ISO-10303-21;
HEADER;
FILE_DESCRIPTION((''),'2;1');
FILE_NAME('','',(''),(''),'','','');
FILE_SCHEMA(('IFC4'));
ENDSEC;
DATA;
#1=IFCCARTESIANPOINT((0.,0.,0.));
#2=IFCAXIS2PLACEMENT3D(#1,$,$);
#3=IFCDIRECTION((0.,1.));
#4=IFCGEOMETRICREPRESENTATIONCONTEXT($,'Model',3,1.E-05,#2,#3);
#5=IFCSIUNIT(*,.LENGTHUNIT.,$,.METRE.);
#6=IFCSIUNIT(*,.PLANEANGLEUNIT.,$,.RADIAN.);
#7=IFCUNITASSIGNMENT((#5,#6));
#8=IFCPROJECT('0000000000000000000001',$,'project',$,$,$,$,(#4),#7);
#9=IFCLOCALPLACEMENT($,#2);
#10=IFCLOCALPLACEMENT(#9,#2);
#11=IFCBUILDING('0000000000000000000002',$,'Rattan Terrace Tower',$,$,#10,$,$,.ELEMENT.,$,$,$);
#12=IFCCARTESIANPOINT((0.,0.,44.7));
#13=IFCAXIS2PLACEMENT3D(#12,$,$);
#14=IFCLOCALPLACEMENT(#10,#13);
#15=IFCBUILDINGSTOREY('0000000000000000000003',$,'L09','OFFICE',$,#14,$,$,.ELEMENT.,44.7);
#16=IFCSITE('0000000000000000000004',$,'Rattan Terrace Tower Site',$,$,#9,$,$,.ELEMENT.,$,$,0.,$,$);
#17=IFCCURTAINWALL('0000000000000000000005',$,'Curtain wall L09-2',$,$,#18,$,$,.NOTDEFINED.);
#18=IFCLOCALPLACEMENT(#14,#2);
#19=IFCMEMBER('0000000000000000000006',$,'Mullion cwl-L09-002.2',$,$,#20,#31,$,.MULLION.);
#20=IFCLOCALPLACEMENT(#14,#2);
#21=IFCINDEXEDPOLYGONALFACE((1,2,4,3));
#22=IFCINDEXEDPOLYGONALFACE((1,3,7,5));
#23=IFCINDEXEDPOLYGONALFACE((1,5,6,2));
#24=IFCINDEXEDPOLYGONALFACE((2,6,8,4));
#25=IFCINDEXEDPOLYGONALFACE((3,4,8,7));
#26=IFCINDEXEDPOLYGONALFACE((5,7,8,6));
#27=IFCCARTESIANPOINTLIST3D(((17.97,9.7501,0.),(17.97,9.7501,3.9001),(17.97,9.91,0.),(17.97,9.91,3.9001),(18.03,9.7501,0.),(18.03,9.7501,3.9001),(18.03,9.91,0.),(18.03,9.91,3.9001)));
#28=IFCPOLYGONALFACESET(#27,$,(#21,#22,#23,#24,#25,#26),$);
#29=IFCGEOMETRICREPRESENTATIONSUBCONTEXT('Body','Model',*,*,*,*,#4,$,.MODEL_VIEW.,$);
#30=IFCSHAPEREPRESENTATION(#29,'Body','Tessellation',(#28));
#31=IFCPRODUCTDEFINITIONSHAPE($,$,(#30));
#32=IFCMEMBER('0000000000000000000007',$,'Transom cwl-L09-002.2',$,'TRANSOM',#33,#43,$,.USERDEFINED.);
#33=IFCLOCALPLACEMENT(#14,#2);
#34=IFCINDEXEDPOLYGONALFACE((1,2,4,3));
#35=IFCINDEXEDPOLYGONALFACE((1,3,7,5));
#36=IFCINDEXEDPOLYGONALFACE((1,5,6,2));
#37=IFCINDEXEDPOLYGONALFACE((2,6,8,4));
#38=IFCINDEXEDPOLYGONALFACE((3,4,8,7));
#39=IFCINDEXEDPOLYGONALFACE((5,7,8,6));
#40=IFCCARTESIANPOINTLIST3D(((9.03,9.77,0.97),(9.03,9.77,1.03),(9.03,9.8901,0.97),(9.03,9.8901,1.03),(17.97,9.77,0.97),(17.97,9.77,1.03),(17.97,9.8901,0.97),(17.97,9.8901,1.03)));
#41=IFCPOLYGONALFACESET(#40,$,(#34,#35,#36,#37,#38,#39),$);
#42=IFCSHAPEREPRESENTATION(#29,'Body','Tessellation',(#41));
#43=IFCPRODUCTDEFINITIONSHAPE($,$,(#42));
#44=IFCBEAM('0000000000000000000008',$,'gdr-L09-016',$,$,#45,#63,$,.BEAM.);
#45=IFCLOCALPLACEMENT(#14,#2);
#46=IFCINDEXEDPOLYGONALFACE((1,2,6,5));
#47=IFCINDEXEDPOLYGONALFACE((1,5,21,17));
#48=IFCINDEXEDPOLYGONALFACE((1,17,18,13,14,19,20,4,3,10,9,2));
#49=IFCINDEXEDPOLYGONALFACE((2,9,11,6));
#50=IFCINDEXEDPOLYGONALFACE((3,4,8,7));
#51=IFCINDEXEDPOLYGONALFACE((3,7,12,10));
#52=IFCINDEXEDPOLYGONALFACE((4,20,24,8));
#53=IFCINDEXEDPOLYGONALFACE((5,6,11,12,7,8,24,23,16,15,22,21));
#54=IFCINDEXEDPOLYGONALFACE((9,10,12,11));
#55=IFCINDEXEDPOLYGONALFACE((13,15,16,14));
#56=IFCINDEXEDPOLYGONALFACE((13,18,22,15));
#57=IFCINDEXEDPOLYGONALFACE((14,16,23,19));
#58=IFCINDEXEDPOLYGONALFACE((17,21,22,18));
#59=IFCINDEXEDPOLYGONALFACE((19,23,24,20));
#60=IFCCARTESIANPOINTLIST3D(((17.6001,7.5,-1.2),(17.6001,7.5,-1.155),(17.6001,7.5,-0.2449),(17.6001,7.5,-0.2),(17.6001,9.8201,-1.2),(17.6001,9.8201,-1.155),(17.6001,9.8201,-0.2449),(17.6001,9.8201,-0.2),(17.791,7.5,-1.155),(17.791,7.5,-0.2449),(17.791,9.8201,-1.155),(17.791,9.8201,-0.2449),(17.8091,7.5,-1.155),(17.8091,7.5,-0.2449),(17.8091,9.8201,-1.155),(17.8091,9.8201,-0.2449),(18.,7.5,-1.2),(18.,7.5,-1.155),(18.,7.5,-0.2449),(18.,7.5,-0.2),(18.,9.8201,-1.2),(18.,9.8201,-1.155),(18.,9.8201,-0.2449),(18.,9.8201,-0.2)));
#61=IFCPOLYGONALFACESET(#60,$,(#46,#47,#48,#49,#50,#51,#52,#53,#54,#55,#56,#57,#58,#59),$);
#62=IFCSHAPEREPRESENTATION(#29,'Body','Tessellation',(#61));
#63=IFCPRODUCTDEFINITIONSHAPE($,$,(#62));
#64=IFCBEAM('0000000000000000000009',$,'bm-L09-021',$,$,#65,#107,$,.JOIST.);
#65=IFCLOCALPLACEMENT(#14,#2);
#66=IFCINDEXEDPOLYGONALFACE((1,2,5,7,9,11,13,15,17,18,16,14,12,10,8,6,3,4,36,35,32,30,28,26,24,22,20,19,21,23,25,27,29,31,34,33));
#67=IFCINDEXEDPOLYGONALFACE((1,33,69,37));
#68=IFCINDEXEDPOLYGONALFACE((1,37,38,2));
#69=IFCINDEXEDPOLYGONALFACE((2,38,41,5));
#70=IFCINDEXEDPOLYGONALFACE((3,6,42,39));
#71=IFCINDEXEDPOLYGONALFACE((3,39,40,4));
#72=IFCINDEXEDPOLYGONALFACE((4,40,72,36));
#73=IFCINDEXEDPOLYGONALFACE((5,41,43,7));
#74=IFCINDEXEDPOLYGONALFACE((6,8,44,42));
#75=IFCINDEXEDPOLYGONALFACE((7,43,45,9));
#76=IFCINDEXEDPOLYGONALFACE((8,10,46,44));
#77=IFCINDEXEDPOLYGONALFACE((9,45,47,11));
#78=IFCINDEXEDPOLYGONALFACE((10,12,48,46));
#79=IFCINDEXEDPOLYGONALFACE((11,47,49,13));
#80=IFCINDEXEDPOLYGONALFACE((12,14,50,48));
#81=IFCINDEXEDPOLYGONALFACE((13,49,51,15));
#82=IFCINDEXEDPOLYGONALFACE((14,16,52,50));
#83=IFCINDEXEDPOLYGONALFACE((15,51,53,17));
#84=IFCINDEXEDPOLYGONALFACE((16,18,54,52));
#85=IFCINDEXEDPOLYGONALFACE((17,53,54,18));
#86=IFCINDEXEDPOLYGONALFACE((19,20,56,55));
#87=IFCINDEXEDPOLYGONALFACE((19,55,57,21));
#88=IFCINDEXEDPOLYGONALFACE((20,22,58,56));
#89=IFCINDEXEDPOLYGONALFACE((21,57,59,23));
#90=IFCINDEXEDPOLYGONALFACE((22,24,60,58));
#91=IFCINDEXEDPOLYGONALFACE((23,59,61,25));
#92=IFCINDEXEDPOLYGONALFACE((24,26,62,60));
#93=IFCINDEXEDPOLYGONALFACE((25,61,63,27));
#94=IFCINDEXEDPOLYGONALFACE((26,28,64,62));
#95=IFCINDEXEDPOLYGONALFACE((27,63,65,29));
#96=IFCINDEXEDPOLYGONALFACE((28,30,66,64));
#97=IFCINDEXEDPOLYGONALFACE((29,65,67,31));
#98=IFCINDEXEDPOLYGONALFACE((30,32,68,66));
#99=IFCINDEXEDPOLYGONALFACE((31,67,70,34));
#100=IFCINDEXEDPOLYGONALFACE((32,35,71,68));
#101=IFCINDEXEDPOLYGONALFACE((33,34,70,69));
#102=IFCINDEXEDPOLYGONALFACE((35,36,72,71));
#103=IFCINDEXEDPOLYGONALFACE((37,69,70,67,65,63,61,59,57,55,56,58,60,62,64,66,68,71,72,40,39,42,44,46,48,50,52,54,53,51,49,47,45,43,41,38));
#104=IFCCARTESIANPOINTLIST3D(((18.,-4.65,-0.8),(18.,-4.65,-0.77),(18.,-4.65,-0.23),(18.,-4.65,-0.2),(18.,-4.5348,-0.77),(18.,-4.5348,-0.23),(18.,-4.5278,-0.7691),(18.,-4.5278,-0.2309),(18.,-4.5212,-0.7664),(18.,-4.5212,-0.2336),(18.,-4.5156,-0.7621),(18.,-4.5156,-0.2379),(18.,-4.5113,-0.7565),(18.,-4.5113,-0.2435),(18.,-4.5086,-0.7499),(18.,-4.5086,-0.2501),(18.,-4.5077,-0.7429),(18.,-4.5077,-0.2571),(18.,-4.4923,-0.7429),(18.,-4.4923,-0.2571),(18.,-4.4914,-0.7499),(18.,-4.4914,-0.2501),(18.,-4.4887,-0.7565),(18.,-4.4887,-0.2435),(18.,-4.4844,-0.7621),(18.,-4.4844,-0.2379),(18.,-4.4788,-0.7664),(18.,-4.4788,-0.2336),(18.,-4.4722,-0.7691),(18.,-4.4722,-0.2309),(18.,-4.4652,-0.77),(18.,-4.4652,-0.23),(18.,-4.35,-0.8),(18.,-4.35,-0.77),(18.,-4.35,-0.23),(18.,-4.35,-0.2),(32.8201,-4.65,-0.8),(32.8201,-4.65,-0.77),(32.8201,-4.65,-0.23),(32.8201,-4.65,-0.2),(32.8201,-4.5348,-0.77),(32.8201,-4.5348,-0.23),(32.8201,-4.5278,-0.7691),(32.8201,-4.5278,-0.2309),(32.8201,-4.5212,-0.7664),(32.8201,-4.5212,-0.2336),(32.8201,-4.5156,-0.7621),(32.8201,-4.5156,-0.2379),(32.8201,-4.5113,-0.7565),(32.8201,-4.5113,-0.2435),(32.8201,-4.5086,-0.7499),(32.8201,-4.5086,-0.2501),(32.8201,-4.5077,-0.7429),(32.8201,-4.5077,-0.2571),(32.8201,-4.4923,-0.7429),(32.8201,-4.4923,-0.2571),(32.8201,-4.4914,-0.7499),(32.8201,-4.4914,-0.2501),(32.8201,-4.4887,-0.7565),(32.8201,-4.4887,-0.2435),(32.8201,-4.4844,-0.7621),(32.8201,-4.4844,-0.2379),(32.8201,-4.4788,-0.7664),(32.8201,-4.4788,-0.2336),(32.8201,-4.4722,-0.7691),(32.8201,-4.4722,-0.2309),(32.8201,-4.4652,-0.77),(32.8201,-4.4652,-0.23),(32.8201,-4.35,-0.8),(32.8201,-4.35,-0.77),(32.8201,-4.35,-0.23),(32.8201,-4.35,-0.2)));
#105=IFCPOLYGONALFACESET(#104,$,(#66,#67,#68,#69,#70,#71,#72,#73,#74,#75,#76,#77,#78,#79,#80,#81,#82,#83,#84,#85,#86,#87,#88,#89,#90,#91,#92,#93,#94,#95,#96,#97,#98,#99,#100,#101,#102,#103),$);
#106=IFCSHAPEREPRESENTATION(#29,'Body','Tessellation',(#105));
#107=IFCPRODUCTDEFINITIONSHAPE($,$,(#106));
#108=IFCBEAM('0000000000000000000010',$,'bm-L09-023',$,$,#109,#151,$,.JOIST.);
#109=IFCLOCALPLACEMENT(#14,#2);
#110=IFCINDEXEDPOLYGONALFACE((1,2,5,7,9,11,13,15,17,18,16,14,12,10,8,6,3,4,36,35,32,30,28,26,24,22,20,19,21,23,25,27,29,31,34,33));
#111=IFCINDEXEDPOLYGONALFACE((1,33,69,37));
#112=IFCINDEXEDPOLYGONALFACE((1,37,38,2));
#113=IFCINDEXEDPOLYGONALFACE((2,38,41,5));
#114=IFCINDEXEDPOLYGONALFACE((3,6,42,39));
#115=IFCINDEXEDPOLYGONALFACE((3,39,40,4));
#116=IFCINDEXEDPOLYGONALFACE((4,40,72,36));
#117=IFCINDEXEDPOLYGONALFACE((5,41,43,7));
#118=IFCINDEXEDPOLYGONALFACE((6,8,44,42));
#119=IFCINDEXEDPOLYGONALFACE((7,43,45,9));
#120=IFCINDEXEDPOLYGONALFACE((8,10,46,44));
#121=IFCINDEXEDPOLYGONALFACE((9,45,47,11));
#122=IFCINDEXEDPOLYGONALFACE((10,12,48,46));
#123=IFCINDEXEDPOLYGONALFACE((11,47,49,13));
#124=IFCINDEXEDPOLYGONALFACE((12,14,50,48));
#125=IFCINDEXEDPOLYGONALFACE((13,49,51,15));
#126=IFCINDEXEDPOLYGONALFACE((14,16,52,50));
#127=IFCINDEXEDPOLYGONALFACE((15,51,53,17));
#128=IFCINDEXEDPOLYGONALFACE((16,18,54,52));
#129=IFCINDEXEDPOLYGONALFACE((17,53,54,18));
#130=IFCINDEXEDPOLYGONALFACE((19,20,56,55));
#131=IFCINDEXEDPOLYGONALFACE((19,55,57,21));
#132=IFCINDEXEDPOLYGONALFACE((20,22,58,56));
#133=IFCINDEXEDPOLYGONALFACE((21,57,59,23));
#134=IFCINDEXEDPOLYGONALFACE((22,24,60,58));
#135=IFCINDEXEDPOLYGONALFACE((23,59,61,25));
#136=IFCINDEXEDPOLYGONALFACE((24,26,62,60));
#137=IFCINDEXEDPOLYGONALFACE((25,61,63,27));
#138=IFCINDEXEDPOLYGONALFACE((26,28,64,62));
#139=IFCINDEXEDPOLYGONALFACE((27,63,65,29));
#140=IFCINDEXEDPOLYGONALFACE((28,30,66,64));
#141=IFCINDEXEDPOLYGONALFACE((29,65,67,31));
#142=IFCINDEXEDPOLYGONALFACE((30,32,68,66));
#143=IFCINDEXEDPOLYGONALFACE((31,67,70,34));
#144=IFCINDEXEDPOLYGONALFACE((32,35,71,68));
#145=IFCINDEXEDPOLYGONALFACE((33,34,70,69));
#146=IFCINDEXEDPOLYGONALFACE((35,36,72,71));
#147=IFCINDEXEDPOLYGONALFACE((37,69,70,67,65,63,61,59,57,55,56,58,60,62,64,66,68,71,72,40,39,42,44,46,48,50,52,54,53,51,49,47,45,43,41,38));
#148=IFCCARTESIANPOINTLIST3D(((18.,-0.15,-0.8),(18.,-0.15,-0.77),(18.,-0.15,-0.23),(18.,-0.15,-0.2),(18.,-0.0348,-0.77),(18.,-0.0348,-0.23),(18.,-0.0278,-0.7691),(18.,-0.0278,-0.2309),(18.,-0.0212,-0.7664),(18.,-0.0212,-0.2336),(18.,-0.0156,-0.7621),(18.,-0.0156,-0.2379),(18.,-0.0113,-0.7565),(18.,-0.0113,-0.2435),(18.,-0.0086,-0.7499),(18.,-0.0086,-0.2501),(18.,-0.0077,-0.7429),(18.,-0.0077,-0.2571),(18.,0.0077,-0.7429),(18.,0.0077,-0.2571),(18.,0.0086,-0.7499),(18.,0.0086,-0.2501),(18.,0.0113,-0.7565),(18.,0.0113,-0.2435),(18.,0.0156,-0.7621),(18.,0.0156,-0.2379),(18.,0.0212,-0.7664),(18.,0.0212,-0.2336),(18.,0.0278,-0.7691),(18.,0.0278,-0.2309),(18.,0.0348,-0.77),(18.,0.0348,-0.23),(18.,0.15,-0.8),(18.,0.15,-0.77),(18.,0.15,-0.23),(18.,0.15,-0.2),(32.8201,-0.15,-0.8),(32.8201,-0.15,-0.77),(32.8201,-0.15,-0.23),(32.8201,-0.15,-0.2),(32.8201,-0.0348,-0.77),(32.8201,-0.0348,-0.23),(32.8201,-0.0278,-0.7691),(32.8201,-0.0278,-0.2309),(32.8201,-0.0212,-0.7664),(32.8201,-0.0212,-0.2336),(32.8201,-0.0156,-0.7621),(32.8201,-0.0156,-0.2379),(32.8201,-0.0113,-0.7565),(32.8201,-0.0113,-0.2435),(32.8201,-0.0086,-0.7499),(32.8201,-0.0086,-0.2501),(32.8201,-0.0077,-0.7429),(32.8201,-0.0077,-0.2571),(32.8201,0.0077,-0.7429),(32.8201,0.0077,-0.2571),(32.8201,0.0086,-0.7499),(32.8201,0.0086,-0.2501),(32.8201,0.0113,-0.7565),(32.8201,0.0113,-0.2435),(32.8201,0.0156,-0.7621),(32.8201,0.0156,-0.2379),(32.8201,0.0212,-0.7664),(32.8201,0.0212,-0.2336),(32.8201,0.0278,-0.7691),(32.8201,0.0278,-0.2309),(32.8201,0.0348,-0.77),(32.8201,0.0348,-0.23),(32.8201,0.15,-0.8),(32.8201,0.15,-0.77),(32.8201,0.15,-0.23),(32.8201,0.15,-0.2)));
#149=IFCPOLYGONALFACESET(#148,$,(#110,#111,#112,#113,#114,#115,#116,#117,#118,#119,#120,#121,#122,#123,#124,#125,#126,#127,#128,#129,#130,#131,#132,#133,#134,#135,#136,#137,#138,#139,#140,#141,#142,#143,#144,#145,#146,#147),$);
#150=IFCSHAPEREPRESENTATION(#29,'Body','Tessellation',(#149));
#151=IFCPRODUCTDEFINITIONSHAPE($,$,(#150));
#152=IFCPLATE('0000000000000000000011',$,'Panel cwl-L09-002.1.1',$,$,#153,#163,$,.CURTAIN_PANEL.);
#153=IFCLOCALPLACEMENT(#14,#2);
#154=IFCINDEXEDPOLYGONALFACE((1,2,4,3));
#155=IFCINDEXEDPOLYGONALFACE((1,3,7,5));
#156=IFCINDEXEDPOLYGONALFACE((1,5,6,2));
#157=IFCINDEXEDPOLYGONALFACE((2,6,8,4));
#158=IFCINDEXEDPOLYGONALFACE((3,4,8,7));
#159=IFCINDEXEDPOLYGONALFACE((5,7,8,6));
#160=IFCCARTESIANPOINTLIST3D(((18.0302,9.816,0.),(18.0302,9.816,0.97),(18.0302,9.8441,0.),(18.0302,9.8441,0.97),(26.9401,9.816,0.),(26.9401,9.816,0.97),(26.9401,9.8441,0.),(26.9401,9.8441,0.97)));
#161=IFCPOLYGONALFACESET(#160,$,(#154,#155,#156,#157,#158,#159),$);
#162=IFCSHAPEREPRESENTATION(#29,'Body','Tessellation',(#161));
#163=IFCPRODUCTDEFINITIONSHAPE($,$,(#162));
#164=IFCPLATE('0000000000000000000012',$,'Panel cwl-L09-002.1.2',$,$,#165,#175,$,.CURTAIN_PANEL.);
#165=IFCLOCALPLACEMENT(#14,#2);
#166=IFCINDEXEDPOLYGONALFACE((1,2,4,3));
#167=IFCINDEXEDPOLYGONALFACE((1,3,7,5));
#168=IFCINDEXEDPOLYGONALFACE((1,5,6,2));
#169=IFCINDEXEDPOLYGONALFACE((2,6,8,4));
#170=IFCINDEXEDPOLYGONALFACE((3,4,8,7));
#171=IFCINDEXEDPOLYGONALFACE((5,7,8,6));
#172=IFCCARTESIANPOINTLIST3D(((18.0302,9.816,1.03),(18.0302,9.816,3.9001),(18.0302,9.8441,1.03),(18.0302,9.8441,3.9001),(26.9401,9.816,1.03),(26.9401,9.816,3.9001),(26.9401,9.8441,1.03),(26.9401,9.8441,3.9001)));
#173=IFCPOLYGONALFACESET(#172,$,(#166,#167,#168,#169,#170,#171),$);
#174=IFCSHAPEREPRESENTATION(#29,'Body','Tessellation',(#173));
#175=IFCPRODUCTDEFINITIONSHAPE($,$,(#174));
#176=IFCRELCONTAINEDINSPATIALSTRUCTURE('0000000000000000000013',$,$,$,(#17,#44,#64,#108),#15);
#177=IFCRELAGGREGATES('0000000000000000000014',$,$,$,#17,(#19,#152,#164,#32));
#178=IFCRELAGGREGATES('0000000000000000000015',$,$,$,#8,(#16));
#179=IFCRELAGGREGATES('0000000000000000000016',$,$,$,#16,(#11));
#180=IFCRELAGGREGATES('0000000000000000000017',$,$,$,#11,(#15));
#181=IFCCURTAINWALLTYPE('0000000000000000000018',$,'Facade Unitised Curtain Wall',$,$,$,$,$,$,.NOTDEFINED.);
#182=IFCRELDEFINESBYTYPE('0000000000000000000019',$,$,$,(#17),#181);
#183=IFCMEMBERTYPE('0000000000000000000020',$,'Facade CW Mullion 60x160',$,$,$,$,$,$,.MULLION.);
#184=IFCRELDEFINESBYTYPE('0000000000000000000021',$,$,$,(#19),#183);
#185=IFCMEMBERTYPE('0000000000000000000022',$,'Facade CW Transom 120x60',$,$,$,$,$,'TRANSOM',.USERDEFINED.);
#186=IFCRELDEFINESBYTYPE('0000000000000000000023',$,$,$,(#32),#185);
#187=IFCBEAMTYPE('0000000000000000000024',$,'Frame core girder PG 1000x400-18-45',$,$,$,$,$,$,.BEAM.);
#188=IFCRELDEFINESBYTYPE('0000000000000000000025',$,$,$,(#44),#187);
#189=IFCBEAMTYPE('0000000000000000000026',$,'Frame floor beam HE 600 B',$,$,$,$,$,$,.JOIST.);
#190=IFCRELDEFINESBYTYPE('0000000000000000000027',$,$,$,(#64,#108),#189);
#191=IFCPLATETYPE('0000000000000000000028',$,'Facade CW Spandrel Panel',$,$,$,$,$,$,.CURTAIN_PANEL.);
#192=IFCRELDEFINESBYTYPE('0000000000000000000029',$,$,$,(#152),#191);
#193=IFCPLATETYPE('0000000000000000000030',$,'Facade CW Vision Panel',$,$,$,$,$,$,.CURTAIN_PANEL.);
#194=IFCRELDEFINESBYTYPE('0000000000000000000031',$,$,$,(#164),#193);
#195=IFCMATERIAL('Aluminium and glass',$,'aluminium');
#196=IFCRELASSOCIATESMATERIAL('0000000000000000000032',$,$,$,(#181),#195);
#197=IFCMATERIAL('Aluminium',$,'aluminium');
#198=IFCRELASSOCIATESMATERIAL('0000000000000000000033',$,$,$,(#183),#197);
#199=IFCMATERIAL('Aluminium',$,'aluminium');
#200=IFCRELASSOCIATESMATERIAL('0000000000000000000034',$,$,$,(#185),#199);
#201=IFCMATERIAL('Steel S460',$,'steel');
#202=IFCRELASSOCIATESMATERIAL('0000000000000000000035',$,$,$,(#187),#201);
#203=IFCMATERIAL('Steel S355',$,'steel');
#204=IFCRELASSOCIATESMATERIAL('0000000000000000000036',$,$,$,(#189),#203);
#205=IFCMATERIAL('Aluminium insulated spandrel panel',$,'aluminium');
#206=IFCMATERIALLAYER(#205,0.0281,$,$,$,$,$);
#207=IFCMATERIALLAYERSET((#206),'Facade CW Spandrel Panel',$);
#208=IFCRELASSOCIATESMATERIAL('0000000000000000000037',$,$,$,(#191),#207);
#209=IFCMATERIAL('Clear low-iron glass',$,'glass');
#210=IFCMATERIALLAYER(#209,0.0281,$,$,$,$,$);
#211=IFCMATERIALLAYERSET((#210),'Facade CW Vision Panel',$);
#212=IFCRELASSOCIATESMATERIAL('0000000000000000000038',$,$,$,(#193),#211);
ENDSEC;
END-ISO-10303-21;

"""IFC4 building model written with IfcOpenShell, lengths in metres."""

from ifc_helpers import new_model, si_unit, direction, frame, origin, origin_2d, place, context, subcontext, project, spatial, rectangle, i_section, extrude, material, layer, layer_set, material_profile, profile_set, type_object, element, aggregate, save


model = new_model("IFC4")

# Units and contexts
model_context = context("Model", 3, precision=1e-05, world=origin(), true_north=direction((0.0, 1.0)))
body_context = subcontext(model_context, "Body", "Model", "MODEL_VIEW")
ifc_project = project(units=[si_unit("LENGTHUNIT", "METRE"), si_unit("PLANEANGLEUNIT", "RADIAN")], contexts=[model_context])

# Site, building, storey
site_placement = place(None, origin())
site = spatial("IfcSite", under=ifc_project, at=site_placement, Name="Rattan Terrace Tower Site", CompositionType="ELEMENT", RefElevation=0.0)
building_placement = place(site_placement, origin())
building = spatial("IfcBuilding", under=site, at=building_placement, Name="Rattan Terrace Tower", CompositionType="ELEMENT")
storey_placement = place(building_placement, frame((0.0, 0.0, 44.7)))
storey = spatial("IfcBuildingStorey", under=building, at=storey_placement, Name="L09", Description="OFFICE", CompositionType="ELEMENT", Elevation=44.7)

# Curtain wall, members
ifc_material_1 = material(Name="Aluminium and glass", Category="aluminium")
curtain_wall_type = type_object("IfcCurtainWallType", Name="Facade Unitised Curtain Wall", PredefinedType="NOTDEFINED", material=ifc_material_1)
curtain_wall_placement = place(storey_placement, origin())
curtain_wall = element("IfcCurtainWall", 1, at=curtain_wall_placement, inside=storey, type_object=curtain_wall_type, Name="Curtain wall L09-2", PredefinedType="NOTDEFINED")
ifc_material_2 = material(Name="Aluminium", Category="aluminium")
ifc_material_profile_1 = material_profile(ifc_material_2, rectangle(XDim=0.0601, YDim=0.1599, at=origin_2d()), Name="Aluminium 60x160")
ifc_profile_set_1 = profile_set([ifc_material_profile_1], Name="Aluminium")
member_type_1 = type_object("IfcMemberType", Name="Facade CW Mullion 60x160", PredefinedType="MULLION", material=ifc_profile_set_1)
member_1_placement = place(storey_placement, frame((18.0, 9.8301, 0.0), z_axis=(0.0, 0.0, 1.0), x_axis=(-1.0, 0.0, 0.0)))
member_1 = element("IfcMember", 2, at=member_1_placement, type_object=member_type_1, Name="Mullion cwl-L09-002.2", PredefinedType="MULLION", context=body_context, shape_type="SweptSolid", body=[
    extrude(rectangle(XDim=0.0601, YDim=0.1599, at=origin_2d()), origin(), (0.0, 0.0, 1.0), 3.9001),
])
ifc_material_3 = material(Name="Aluminium", Category="aluminium")
ifc_material_profile_2 = material_profile(ifc_material_3, rectangle(XDim=0.1201, YDim=0.0601, at=origin_2d()), Name="Aluminium 120x60")
ifc_profile_set_2 = profile_set([ifc_material_profile_2], Name="Aluminium")
member_type_2 = type_object("IfcMemberType", Name="Facade CW Transom 120x60", ElementType="TRANSOM", PredefinedType="USERDEFINED", material=ifc_profile_set_2)
member_2_placement = place(storey_placement, frame((17.97, 9.8301, 1.0), z_axis=(-1.0, 0.0, 0.0), x_axis=(0.0, -1.0, 0.0)))
member_2 = element("IfcMember", 3, at=member_2_placement, type_object=member_type_2, Name="Transom cwl-L09-002.2", ObjectType="TRANSOM", PredefinedType="USERDEFINED", context=body_context, shape_type="SweptSolid", body=[
    extrude(rectangle(XDim=0.1201, YDim=0.0601, at=origin_2d()), origin(), (0.0, 0.0, 1.0), 8.9399),
])

# Beams
ifc_material_4 = material(Name="Steel S460", Category="steel")
ifc_material_profile_3 = material_profile(ifc_material_4, i_section(OverallWidth=0.3999, OverallDepth=1.0, WebThickness=0.0181, FlangeThickness=0.0449, at=origin_2d()), Name="PG 1000x400-18-45")
ifc_profile_set_3 = profile_set([ifc_material_profile_3], Name="Steel S460")
beam_type_1 = type_object("IfcBeamType", Name="Frame core girder PG 1000x400-18-45", PredefinedType="BEAM", material=ifc_profile_set_3)
beam_placement = place(storey_placement, frame((17.8, 7.5, -0.7), z_axis=(0.0, 1.0, 0.0), x_axis=(-1.0, 0.0, 0.0)))
element("IfcBeam", 4, at=beam_placement, inside=storey, type_object=beam_type_1, Name="gdr-L09-016", PredefinedType="BEAM", context=body_context, shape_type="SweptSolid", body=[
    extrude(i_section(OverallWidth=0.3999, OverallDepth=1.0, WebThickness=0.0181, FlangeThickness=0.0449, at=origin_2d()), origin(), (0.0, 0.0, 1.0), 2.3201),
])
ifc_material_5 = material(Name="Steel S355", Category="steel")
ifc_material_profile_4 = material_profile(ifc_material_5, i_section(OverallWidth=0.3, OverallDepth=0.6001, WebThickness=0.0154, FlangeThickness=0.03, FilletRadius=0.0271, at=origin_2d()), Name="HE 600 B")
ifc_profile_set_4 = profile_set([ifc_material_profile_4], Name="Steel S355")
beam_type_2 = type_object("IfcBeamType", Name="Frame floor beam HE 600 B", PredefinedType="JOIST", material=ifc_profile_set_4)
for number, where, z_axis, x_axis, name in (
    (5, (18.0, -4.5, -0.5), (1.0, 0.0, 0.0), (0.0, 1.0, 0.0), "bm-L09-021"),
    (6, (18.0, 0.0, -0.5), (1.0, 0.0, 0.0), (0.0, 1.0, 0.0), "bm-L09-023"),
):
    element("IfcBeam", number, at=place(storey_placement, frame(where, z_axis=z_axis, x_axis=x_axis)), inside=storey, type_object=beam_type_2, Name=name, PredefinedType="JOIST", context=body_context, shape_type="SweptSolid", body=[
        extrude(i_section(OverallWidth=0.3, OverallDepth=0.6001, WebThickness=0.0154, FlangeThickness=0.03, FilletRadius=0.0271, at=origin_2d()), origin(), (0.0, 0.0, 1.0), 14.8201),
    ])

# Plates
ifc_material_6 = material(Name="Aluminium insulated spandrel panel", Category="aluminium")
ifc_layer_1 = layer(ifc_material_6, 0.0281)
ifc_layer_set_1 = layer_set([ifc_layer_1], Name="Facade CW Spandrel Panel")
plate_type_1 = type_object("IfcPlateType", Name="Facade CW Spandrel Panel", PredefinedType="CURTAIN_PANEL", material=ifc_layer_set_1)
plate_1_placement = place(storey_placement, frame((22.4851, 9.8301, 0.0), z_axis=(0.0, 0.0, 1.0), x_axis=(-1.0, 0.0, 0.0)))
plate_1 = element("IfcPlate", 7, at=plate_1_placement, type_object=plate_type_1, Name="Panel cwl-L09-002.1.1", PredefinedType="CURTAIN_PANEL", context=body_context, shape_type="SweptSolid", body=[
    extrude(rectangle(XDim=8.9099, YDim=0.0281, at=origin_2d()), origin(), (0.0, 0.0, 1.0), 0.97),
])
ifc_material_7 = material(Name="Clear low-iron glass", Category="glass")
ifc_layer_2 = layer(ifc_material_7, 0.0281)
ifc_layer_set_2 = layer_set([ifc_layer_2], Name="Facade CW Vision Panel")
plate_type_2 = type_object("IfcPlateType", Name="Facade CW Vision Panel", PredefinedType="CURTAIN_PANEL", material=ifc_layer_set_2)
plate_2_placement = place(storey_placement, frame((22.4851, 9.8301, 1.03), z_axis=(0.0, 0.0, 1.0), x_axis=(-1.0, 0.0, 0.0)))
plate_2 = element("IfcPlate", 8, at=plate_2_placement, type_object=plate_type_2, Name="Panel cwl-L09-002.1.2", PredefinedType="CURTAIN_PANEL", context=body_context, shape_type="SweptSolid", body=[
    extrude(rectangle(XDim=8.9099, YDim=0.0281, at=origin_2d()), origin(), (0.0, 0.0, 1.0), 2.8701),
])
aggregate(curtain_wall, [member_1, plate_1, plate_2, member_2])

save(model, "model.ifc")
